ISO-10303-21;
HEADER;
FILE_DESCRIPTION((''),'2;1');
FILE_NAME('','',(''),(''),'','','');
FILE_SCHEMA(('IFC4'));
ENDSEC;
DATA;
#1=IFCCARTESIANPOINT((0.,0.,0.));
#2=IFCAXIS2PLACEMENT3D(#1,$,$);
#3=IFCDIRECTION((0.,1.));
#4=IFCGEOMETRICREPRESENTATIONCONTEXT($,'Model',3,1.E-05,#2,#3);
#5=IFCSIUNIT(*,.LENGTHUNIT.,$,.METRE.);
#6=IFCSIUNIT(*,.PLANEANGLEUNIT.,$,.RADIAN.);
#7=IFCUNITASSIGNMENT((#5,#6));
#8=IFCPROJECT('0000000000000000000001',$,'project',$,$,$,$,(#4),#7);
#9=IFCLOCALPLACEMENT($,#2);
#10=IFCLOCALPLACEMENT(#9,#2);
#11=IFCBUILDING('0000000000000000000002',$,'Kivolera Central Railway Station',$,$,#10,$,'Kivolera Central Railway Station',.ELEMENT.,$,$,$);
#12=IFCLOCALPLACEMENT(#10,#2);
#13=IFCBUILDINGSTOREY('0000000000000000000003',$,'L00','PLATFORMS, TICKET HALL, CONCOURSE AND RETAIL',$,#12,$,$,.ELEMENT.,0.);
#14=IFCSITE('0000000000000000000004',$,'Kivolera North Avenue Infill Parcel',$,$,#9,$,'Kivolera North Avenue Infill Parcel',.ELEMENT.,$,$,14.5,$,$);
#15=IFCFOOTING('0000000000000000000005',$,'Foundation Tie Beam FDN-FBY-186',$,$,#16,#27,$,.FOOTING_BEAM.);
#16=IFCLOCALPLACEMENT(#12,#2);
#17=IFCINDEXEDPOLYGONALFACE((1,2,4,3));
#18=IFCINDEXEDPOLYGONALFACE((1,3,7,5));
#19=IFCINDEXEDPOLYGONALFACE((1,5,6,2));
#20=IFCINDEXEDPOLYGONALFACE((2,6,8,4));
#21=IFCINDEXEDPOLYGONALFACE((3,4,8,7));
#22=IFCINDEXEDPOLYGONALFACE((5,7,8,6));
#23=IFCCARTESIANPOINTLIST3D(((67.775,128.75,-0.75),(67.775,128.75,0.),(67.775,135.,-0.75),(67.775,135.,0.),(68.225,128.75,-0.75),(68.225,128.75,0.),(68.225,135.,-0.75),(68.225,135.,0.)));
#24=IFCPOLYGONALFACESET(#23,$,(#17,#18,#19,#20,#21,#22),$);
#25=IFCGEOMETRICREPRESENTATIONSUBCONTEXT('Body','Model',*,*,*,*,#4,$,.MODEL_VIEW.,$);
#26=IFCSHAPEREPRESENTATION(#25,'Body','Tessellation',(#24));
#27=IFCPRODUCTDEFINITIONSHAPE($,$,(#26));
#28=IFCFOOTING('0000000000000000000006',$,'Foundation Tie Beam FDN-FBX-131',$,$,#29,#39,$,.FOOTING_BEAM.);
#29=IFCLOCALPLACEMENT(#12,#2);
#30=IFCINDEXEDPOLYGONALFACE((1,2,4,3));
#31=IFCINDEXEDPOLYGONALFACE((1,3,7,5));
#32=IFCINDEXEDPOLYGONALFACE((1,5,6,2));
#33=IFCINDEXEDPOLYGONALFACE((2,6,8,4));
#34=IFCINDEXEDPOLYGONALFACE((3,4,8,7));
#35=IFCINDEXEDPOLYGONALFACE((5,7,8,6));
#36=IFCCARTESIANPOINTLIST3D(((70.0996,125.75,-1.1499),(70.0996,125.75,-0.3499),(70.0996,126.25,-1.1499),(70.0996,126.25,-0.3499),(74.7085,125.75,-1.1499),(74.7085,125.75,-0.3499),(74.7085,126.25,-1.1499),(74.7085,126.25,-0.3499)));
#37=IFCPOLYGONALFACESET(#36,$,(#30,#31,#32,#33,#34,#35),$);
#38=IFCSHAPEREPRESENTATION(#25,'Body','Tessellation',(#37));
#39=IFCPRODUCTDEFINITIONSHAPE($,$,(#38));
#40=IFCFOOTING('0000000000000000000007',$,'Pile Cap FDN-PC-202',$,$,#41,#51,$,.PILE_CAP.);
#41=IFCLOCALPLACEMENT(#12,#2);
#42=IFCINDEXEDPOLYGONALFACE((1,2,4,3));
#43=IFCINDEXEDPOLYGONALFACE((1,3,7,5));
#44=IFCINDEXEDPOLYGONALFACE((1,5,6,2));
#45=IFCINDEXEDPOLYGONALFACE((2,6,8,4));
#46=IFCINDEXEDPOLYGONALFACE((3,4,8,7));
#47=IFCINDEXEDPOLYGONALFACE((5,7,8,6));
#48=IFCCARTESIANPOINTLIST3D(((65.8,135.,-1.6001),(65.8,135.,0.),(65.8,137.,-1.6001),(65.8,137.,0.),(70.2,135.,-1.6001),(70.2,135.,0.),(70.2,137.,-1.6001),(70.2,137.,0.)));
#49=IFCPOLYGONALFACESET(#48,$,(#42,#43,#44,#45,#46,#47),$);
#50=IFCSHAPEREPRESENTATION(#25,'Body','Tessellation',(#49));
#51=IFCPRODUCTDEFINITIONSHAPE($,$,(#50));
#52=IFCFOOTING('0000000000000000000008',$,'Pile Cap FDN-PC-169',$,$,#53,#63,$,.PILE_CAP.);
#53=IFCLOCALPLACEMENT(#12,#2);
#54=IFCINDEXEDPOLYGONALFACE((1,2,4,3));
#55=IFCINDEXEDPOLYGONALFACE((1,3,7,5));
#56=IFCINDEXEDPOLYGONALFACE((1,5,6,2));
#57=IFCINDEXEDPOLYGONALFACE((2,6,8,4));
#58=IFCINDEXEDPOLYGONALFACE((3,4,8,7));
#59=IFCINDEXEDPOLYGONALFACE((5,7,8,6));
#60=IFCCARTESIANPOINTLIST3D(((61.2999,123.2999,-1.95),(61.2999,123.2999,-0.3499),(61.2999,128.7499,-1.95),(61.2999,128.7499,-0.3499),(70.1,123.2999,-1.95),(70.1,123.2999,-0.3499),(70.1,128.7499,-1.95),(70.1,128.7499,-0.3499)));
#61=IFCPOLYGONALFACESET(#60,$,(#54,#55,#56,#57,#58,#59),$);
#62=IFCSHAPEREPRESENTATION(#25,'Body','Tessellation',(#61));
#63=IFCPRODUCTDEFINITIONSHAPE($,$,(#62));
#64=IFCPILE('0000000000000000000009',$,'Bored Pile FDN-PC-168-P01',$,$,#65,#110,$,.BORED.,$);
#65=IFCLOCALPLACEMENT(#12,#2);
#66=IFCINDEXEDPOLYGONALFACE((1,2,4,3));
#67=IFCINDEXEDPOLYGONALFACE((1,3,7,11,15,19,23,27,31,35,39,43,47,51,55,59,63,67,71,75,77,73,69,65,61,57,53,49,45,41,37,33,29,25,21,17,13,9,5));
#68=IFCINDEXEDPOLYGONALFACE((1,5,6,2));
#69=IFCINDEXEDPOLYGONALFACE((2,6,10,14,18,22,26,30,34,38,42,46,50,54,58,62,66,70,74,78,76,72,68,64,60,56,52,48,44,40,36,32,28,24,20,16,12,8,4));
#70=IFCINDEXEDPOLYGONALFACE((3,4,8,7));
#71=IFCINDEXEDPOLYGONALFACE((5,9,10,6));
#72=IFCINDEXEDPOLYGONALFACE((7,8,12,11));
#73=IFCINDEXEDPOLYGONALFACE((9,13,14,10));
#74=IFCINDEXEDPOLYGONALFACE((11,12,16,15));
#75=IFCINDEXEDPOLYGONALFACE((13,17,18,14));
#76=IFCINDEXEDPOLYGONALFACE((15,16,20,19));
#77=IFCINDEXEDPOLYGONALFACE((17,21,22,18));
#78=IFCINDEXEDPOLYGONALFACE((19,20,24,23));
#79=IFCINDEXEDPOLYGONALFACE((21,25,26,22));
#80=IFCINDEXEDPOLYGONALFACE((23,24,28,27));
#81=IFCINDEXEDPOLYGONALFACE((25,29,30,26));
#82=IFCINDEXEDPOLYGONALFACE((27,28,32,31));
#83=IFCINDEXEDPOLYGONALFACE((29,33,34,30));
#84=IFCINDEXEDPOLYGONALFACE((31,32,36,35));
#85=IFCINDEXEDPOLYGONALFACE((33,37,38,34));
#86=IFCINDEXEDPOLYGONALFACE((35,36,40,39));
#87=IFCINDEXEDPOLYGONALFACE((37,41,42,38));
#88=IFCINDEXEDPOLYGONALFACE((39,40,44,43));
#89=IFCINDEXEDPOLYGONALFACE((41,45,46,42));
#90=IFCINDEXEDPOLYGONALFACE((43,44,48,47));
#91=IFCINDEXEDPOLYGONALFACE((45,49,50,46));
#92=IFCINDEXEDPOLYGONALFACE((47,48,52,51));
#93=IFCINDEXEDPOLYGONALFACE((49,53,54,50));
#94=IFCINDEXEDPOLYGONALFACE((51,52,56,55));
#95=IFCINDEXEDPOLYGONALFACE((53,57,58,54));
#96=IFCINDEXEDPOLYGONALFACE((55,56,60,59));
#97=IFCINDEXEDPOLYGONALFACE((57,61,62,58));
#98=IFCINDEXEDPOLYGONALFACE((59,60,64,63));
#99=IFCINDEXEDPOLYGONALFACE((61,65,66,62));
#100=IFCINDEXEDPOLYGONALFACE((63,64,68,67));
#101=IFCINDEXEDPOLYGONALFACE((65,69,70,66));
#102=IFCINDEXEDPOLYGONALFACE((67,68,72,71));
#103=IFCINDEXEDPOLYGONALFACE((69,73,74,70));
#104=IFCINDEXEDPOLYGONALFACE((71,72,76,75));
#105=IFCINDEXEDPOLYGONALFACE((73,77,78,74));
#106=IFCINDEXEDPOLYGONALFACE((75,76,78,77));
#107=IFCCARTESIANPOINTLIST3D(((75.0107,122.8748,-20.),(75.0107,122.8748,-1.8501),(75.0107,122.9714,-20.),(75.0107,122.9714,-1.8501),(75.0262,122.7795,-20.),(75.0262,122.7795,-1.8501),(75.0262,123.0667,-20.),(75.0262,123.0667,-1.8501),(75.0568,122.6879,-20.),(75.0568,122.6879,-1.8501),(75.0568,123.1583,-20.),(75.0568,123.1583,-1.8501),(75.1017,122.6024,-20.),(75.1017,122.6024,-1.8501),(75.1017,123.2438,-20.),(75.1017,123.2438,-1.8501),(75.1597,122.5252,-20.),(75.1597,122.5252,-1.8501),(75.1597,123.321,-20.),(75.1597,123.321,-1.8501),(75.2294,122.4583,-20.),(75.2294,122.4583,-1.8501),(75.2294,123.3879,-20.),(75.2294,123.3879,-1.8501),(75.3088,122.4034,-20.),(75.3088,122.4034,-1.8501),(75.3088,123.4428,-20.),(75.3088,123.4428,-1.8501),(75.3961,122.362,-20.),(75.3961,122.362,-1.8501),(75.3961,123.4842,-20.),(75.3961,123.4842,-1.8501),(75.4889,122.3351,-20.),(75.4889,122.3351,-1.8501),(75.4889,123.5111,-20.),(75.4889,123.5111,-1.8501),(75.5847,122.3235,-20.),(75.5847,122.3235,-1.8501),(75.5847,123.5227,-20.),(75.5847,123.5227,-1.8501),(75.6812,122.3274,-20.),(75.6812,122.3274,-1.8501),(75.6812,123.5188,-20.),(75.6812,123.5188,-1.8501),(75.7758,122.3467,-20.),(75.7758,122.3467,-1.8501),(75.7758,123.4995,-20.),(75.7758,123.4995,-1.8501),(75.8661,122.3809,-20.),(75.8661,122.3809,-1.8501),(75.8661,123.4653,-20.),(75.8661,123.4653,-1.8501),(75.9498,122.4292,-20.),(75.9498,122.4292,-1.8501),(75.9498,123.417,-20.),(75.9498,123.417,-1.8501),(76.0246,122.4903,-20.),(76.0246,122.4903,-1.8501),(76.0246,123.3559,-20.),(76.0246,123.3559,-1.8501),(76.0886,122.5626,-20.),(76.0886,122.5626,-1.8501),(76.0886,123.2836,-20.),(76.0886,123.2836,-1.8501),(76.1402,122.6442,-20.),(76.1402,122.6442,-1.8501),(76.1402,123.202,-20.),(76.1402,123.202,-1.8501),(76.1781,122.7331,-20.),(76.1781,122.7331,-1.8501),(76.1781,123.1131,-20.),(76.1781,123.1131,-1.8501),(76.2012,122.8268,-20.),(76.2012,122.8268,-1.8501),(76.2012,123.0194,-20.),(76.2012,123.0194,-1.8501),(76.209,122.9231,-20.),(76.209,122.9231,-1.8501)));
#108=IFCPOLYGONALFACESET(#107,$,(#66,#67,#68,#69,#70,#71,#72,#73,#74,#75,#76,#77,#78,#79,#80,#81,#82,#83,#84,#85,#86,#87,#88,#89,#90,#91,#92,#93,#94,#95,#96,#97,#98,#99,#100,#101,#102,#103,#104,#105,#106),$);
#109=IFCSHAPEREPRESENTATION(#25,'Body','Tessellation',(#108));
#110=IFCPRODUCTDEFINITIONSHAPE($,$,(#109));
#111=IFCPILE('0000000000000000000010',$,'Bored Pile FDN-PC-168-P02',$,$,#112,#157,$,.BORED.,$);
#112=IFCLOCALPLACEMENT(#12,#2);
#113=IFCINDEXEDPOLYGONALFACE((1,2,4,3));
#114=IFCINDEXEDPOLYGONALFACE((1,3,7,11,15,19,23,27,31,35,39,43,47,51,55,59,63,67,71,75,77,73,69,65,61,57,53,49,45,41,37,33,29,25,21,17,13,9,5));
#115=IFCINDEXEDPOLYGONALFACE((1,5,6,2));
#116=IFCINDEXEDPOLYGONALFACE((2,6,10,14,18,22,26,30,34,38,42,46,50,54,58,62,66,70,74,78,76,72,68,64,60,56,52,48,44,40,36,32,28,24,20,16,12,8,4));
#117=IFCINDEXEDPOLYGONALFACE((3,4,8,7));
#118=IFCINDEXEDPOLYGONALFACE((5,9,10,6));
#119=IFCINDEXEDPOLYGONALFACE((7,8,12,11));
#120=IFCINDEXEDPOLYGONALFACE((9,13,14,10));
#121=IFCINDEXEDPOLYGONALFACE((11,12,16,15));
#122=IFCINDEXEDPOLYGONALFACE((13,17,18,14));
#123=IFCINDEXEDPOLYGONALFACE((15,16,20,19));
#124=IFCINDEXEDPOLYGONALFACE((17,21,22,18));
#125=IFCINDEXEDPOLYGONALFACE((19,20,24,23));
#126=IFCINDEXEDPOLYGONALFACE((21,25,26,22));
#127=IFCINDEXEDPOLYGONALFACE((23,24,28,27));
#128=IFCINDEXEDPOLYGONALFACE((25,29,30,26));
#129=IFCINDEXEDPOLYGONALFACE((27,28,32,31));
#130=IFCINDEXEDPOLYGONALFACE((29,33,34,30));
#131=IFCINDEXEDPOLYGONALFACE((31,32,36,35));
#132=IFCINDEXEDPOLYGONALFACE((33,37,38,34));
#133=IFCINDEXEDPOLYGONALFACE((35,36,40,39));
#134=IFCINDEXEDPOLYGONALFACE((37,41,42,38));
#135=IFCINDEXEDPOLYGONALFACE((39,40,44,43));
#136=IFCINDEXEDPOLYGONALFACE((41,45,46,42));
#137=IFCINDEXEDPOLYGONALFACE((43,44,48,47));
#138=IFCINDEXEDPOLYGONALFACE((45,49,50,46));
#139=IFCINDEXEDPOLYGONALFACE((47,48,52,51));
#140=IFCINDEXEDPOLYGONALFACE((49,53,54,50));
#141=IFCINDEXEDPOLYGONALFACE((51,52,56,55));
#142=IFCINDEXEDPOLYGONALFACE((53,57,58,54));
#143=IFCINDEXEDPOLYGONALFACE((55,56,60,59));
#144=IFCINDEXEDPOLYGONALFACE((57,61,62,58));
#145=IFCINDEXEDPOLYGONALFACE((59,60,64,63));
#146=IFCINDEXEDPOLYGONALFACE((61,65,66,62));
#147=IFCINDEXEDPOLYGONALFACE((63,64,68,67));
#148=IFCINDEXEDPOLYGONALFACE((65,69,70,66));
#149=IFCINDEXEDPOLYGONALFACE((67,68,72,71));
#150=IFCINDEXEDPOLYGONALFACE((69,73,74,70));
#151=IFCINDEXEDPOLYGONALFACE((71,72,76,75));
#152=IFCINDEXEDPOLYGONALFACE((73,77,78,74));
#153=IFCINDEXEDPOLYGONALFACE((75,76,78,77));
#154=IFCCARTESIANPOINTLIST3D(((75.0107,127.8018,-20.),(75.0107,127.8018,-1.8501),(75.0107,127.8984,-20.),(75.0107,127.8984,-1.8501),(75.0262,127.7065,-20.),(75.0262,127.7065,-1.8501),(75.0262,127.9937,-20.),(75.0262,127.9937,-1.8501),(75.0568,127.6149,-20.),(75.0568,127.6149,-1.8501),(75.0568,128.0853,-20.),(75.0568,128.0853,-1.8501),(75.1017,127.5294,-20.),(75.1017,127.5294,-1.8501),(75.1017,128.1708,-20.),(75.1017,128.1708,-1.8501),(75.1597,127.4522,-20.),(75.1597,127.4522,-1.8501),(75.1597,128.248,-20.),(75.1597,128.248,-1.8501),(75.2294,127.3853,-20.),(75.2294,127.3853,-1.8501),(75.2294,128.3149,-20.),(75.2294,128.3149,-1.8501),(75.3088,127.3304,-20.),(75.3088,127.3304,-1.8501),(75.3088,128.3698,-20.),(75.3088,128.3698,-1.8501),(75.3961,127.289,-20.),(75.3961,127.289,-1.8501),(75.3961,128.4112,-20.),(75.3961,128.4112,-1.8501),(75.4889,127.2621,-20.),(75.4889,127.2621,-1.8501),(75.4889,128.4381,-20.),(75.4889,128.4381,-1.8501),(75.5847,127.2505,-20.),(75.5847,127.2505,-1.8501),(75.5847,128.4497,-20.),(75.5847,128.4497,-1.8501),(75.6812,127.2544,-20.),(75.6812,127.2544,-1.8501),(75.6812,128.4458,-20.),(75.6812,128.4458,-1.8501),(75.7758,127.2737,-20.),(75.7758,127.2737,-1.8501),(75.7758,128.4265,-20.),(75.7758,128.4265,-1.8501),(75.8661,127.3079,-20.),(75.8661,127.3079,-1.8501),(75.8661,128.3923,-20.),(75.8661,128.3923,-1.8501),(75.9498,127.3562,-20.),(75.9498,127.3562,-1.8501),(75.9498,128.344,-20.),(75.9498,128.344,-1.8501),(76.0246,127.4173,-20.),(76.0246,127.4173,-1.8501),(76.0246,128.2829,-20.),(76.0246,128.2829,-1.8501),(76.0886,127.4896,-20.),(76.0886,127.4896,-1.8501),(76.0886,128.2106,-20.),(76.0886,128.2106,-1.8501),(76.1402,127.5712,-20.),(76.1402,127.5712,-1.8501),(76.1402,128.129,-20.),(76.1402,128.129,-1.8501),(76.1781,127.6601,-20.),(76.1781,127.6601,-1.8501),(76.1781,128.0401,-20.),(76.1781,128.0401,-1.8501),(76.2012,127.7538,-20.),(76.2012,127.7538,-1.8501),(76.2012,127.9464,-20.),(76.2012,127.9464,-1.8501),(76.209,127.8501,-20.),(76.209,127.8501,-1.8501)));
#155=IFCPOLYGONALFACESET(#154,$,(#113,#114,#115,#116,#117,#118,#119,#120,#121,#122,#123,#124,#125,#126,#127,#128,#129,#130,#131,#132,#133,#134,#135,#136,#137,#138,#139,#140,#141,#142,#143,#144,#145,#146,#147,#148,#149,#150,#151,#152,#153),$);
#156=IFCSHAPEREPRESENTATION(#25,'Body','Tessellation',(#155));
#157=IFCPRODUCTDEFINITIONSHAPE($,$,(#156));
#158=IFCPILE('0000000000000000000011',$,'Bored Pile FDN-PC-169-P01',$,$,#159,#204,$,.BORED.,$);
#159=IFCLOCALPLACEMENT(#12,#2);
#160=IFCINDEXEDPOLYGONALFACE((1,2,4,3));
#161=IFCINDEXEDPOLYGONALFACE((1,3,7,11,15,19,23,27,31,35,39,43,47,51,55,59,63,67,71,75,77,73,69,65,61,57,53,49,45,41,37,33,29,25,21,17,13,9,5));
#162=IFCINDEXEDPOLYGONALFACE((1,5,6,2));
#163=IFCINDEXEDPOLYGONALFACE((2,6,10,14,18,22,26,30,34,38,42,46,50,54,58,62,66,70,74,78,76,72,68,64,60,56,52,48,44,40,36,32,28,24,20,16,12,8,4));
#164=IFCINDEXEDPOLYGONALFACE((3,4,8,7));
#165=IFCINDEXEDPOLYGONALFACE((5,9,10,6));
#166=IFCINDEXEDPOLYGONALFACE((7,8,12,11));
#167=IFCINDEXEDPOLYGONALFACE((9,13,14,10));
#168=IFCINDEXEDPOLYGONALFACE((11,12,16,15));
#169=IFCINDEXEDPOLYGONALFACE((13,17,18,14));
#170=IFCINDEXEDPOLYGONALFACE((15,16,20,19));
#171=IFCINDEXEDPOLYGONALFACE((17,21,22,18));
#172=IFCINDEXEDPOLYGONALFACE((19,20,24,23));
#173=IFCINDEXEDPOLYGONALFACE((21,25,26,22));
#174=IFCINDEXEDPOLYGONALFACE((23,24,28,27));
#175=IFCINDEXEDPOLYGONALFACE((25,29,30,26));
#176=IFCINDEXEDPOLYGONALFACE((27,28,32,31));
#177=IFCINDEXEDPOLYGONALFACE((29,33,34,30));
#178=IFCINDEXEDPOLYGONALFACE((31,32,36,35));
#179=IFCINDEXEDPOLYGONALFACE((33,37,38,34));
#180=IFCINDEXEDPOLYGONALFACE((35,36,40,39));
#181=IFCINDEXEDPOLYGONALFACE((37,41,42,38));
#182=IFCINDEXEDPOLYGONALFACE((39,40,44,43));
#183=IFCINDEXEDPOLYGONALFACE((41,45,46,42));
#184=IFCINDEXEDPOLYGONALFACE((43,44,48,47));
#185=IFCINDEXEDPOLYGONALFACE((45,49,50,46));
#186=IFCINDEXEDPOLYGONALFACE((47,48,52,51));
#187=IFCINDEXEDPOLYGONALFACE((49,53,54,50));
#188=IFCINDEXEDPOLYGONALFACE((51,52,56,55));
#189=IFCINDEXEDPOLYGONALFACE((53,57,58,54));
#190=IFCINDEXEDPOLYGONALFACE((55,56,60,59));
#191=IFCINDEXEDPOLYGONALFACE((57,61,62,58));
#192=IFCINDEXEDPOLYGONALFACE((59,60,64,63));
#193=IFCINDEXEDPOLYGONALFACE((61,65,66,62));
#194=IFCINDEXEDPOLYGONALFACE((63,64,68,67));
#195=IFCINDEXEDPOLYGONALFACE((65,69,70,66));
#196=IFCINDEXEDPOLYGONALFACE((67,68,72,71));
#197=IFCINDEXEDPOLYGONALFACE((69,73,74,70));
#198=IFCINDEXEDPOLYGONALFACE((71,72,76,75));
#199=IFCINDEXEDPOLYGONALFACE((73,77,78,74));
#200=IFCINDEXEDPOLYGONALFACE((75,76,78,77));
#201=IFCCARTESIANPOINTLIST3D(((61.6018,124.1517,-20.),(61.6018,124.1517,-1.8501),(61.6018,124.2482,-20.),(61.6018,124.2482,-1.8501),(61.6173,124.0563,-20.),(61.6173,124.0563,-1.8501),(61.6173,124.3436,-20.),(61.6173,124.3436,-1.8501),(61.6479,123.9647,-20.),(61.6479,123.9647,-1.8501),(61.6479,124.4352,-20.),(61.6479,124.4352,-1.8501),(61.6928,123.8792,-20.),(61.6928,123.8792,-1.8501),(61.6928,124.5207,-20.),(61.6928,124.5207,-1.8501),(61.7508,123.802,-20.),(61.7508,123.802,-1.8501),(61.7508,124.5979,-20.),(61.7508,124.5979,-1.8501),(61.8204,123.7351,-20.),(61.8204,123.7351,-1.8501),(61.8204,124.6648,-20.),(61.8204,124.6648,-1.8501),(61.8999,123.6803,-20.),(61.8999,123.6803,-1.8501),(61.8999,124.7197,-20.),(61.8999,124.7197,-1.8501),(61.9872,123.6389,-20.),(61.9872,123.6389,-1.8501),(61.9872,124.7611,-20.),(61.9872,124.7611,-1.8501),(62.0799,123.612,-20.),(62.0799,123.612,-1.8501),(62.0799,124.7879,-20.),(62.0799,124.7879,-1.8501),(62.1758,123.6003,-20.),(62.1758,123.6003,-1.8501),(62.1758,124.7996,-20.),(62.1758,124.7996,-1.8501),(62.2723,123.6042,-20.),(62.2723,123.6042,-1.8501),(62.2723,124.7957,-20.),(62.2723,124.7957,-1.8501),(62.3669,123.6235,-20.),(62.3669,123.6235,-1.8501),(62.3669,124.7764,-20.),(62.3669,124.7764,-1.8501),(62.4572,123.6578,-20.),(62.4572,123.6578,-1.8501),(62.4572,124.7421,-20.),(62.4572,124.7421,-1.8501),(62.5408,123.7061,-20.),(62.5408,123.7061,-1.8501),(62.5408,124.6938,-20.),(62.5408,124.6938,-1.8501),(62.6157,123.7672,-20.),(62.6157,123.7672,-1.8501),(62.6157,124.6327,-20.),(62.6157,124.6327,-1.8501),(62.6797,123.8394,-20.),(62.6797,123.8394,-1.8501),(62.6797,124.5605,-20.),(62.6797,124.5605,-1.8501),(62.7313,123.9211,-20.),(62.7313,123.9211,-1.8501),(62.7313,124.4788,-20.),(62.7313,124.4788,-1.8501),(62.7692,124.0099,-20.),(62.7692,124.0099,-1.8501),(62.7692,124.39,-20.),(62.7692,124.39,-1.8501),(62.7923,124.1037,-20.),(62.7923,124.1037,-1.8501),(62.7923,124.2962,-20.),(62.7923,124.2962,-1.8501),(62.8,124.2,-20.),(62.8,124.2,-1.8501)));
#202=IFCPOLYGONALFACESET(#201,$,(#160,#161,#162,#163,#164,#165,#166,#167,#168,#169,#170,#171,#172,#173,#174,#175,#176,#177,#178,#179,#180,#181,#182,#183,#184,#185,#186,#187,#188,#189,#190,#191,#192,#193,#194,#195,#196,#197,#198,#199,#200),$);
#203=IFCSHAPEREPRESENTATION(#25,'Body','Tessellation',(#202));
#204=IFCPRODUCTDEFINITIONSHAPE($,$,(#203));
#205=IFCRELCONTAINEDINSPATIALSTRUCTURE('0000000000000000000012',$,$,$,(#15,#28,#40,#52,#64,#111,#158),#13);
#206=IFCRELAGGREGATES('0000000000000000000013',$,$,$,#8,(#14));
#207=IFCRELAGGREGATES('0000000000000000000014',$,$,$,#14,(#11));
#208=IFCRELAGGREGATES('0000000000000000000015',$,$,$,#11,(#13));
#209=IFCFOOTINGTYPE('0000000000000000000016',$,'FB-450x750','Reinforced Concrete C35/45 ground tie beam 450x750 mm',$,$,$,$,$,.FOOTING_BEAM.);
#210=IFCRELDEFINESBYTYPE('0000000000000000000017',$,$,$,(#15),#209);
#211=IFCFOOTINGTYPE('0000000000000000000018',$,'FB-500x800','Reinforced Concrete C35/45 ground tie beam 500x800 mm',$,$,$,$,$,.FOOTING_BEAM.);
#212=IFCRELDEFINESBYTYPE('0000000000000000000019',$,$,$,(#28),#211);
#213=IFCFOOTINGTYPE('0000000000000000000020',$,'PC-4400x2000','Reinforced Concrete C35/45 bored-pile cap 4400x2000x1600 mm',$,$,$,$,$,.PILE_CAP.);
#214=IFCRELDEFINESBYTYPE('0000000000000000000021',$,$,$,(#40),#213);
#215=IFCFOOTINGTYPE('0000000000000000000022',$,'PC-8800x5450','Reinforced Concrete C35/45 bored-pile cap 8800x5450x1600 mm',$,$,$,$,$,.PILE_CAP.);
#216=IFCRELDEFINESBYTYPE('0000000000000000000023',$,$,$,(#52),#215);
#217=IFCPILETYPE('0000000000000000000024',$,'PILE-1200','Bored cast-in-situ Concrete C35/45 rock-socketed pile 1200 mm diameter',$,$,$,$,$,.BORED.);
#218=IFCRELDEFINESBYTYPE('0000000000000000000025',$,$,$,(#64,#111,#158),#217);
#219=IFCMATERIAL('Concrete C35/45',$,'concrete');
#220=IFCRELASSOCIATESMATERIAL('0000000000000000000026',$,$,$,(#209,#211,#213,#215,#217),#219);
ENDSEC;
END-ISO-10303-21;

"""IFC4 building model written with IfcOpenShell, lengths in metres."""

from ifc_helpers import new_model, si_unit, direction, frame, origin, origin_2d, place, context, subcontext, project, spatial, rectangle, circle, extrude, material, material_profile, profile_set, type_object, element, save


model = new_model("IFC4")

# Units and contexts
model_context = context("Model", 3, precision=1e-05, world=origin(), true_north=direction((0.0, 1.0)))
body_context = subcontext(model_context, "Body", "Model", "MODEL_VIEW")
ifc_project = project(units=[si_unit("LENGTHUNIT", "METRE"), si_unit("PLANEANGLEUNIT", "RADIAN")], contexts=[model_context])

# Site, building, storey
site_placement = place(None, origin())
site = spatial("IfcSite", under=ifc_project, at=site_placement, Name="Kivolera North Avenue Infill Parcel", LongName="Kivolera North Avenue Infill Parcel", CompositionType="ELEMENT", RefElevation=14.5)
building_placement = place(site_placement, origin())
building = spatial("IfcBuilding", under=site, at=building_placement, Name="Kivolera Central Railway Station", LongName="Kivolera Central Railway Station", CompositionType="ELEMENT")
storey_placement = place(building_placement, origin())
storey = spatial("IfcBuildingStorey", under=building, at=storey_placement, Name="L00", Description="PLATFORMS, TICKET HALL, CONCOURSE AND RETAIL", CompositionType="ELEMENT", Elevation=0.0)

# Footings
ifc_material_1 = material(Name="Concrete C35/45", Category="concrete")
footing_type_1 = type_object("IfcFootingType", Name="FB-450x750", Description="Reinforced Concrete C35/45 ground tie beam 450x750 mm", PredefinedType="FOOTING_BEAM", material=ifc_material_1)
footing_1_placement = place(storey_placement, frame((68.0, 131.875, -0.75), z_axis=(0.0, 0.0, 1.0), x_axis=(1.0, 0.0, 0.0)))
element("IfcFooting", 1, at=footing_1_placement, inside=storey, type_object=footing_type_1, Name="Foundation Tie Beam FDN-FBY-186", PredefinedType="FOOTING_BEAM", context=body_context, shape_type="SweptSolid", body=[
    extrude(rectangle(XDim=0.45, YDim=6.25, at=origin_2d()), origin(), (0.0, 0.0, 1.0), 0.75),
])
footing_type_2 = type_object("IfcFootingType", Name="FB-500x800", Description="Reinforced Concrete C35/45 ground tie beam 500x800 mm", PredefinedType="FOOTING_BEAM", material=ifc_material_1)
footing_2_placement = place(storey_placement, frame((72.4041, 126.0, -1.1499), z_axis=(0.0, 0.0, 1.0), x_axis=(1.0, 0.0, 0.0)))
element("IfcFooting", 2, at=footing_2_placement, inside=storey, type_object=footing_type_2, Name="Foundation Tie Beam FDN-FBX-131", PredefinedType="FOOTING_BEAM", context=body_context, shape_type="SweptSolid", body=[
    extrude(rectangle(XDim=4.6089, YDim=0.5, at=origin_2d()), origin(), (0.0, 0.0, 1.0), 0.8),
])
footing_type_3 = type_object("IfcFootingType", Name="PC-4400x2000", Description="Reinforced Concrete C35/45 bored-pile cap 4400x2000x1600 mm", PredefinedType="PILE_CAP", material=ifc_material_1)
footing_3_placement = place(storey_placement, frame((68.0, 136.0, -1.6001), z_axis=(0.0, 0.0, 1.0), x_axis=(1.0, 0.0, 0.0)))
element("IfcFooting", 3, at=footing_3_placement, inside=storey, type_object=footing_type_3, Name="Pile Cap FDN-PC-202", PredefinedType="PILE_CAP", context=body_context, shape_type="SweptSolid", body=[
    extrude(rectangle(XDim=4.3999, YDim=2.0, at=origin_2d()), origin(), (0.0, 0.0, 1.0), 1.6001),
])
footing_type_4 = type_object("IfcFootingType", Name="PC-8800x5450", Description="Reinforced Concrete C35/45 bored-pile cap 8800x5450x1600 mm", PredefinedType="PILE_CAP", material=ifc_material_1)
footing_4_placement = place(storey_placement, frame((65.7, 126.0249, -1.95), z_axis=(0.0, 0.0, 1.0), x_axis=(1.0, 0.0, 0.0)))
element("IfcFooting", 4, at=footing_4_placement, inside=storey, type_object=footing_type_4, Name="Pile Cap FDN-PC-169", PredefinedType="PILE_CAP", context=body_context, shape_type="SweptSolid", body=[
    extrude(rectangle(XDim=8.8, YDim=5.45, at=origin_2d()), origin(), (0.0, 0.0, 1.0), 1.6001),
])

# Piles
ifc_material_profile_1 = material_profile(ifc_material_1, circle(Radius=0.6001, at=origin_2d()), Name="PILE D1200")
ifc_profile_set_1 = profile_set([ifc_material_profile_1], Name="Concrete C35/45")
pile_type_1 = type_object("IfcPileType", Name="PILE-1200", Description="Bored cast-in-situ Concrete C35/45 rock-socketed pile 1200 mm diameter", PredefinedType="BORED", material=ifc_profile_set_1)
for number, where, z_axis, x_axis, name in (
    (5, (75.6089, 122.9231, -1.8501), (0.0, 0.0, -1.0), (1.0, 0.0, 0.0), "Bored Pile FDN-PC-168-P01"),
    (6, (75.6089, 127.8501, -1.8501), (0.0, 0.0, -1.0), (1.0, 0.0, 0.0), "Bored Pile FDN-PC-168-P02"),
    (7, (62.2, 124.2, -1.8501), (0.0, 0.0, -1.0), (1.0, 0.0, 0.0), "Bored Pile FDN-PC-169-P01"),
):
    element("IfcPile", number, at=place(storey_placement, frame(where, z_axis=z_axis, x_axis=x_axis)), inside=storey, type_object=pile_type_1, Name=name, PredefinedType="BORED", context=body_context, shape_type="SweptSolid", body=[
        extrude(circle(Radius=0.6001, at=origin_2d()), origin(), (0.0, 0.0, 1.0), 18.1499),
    ])

save(model, "model.ifc")
